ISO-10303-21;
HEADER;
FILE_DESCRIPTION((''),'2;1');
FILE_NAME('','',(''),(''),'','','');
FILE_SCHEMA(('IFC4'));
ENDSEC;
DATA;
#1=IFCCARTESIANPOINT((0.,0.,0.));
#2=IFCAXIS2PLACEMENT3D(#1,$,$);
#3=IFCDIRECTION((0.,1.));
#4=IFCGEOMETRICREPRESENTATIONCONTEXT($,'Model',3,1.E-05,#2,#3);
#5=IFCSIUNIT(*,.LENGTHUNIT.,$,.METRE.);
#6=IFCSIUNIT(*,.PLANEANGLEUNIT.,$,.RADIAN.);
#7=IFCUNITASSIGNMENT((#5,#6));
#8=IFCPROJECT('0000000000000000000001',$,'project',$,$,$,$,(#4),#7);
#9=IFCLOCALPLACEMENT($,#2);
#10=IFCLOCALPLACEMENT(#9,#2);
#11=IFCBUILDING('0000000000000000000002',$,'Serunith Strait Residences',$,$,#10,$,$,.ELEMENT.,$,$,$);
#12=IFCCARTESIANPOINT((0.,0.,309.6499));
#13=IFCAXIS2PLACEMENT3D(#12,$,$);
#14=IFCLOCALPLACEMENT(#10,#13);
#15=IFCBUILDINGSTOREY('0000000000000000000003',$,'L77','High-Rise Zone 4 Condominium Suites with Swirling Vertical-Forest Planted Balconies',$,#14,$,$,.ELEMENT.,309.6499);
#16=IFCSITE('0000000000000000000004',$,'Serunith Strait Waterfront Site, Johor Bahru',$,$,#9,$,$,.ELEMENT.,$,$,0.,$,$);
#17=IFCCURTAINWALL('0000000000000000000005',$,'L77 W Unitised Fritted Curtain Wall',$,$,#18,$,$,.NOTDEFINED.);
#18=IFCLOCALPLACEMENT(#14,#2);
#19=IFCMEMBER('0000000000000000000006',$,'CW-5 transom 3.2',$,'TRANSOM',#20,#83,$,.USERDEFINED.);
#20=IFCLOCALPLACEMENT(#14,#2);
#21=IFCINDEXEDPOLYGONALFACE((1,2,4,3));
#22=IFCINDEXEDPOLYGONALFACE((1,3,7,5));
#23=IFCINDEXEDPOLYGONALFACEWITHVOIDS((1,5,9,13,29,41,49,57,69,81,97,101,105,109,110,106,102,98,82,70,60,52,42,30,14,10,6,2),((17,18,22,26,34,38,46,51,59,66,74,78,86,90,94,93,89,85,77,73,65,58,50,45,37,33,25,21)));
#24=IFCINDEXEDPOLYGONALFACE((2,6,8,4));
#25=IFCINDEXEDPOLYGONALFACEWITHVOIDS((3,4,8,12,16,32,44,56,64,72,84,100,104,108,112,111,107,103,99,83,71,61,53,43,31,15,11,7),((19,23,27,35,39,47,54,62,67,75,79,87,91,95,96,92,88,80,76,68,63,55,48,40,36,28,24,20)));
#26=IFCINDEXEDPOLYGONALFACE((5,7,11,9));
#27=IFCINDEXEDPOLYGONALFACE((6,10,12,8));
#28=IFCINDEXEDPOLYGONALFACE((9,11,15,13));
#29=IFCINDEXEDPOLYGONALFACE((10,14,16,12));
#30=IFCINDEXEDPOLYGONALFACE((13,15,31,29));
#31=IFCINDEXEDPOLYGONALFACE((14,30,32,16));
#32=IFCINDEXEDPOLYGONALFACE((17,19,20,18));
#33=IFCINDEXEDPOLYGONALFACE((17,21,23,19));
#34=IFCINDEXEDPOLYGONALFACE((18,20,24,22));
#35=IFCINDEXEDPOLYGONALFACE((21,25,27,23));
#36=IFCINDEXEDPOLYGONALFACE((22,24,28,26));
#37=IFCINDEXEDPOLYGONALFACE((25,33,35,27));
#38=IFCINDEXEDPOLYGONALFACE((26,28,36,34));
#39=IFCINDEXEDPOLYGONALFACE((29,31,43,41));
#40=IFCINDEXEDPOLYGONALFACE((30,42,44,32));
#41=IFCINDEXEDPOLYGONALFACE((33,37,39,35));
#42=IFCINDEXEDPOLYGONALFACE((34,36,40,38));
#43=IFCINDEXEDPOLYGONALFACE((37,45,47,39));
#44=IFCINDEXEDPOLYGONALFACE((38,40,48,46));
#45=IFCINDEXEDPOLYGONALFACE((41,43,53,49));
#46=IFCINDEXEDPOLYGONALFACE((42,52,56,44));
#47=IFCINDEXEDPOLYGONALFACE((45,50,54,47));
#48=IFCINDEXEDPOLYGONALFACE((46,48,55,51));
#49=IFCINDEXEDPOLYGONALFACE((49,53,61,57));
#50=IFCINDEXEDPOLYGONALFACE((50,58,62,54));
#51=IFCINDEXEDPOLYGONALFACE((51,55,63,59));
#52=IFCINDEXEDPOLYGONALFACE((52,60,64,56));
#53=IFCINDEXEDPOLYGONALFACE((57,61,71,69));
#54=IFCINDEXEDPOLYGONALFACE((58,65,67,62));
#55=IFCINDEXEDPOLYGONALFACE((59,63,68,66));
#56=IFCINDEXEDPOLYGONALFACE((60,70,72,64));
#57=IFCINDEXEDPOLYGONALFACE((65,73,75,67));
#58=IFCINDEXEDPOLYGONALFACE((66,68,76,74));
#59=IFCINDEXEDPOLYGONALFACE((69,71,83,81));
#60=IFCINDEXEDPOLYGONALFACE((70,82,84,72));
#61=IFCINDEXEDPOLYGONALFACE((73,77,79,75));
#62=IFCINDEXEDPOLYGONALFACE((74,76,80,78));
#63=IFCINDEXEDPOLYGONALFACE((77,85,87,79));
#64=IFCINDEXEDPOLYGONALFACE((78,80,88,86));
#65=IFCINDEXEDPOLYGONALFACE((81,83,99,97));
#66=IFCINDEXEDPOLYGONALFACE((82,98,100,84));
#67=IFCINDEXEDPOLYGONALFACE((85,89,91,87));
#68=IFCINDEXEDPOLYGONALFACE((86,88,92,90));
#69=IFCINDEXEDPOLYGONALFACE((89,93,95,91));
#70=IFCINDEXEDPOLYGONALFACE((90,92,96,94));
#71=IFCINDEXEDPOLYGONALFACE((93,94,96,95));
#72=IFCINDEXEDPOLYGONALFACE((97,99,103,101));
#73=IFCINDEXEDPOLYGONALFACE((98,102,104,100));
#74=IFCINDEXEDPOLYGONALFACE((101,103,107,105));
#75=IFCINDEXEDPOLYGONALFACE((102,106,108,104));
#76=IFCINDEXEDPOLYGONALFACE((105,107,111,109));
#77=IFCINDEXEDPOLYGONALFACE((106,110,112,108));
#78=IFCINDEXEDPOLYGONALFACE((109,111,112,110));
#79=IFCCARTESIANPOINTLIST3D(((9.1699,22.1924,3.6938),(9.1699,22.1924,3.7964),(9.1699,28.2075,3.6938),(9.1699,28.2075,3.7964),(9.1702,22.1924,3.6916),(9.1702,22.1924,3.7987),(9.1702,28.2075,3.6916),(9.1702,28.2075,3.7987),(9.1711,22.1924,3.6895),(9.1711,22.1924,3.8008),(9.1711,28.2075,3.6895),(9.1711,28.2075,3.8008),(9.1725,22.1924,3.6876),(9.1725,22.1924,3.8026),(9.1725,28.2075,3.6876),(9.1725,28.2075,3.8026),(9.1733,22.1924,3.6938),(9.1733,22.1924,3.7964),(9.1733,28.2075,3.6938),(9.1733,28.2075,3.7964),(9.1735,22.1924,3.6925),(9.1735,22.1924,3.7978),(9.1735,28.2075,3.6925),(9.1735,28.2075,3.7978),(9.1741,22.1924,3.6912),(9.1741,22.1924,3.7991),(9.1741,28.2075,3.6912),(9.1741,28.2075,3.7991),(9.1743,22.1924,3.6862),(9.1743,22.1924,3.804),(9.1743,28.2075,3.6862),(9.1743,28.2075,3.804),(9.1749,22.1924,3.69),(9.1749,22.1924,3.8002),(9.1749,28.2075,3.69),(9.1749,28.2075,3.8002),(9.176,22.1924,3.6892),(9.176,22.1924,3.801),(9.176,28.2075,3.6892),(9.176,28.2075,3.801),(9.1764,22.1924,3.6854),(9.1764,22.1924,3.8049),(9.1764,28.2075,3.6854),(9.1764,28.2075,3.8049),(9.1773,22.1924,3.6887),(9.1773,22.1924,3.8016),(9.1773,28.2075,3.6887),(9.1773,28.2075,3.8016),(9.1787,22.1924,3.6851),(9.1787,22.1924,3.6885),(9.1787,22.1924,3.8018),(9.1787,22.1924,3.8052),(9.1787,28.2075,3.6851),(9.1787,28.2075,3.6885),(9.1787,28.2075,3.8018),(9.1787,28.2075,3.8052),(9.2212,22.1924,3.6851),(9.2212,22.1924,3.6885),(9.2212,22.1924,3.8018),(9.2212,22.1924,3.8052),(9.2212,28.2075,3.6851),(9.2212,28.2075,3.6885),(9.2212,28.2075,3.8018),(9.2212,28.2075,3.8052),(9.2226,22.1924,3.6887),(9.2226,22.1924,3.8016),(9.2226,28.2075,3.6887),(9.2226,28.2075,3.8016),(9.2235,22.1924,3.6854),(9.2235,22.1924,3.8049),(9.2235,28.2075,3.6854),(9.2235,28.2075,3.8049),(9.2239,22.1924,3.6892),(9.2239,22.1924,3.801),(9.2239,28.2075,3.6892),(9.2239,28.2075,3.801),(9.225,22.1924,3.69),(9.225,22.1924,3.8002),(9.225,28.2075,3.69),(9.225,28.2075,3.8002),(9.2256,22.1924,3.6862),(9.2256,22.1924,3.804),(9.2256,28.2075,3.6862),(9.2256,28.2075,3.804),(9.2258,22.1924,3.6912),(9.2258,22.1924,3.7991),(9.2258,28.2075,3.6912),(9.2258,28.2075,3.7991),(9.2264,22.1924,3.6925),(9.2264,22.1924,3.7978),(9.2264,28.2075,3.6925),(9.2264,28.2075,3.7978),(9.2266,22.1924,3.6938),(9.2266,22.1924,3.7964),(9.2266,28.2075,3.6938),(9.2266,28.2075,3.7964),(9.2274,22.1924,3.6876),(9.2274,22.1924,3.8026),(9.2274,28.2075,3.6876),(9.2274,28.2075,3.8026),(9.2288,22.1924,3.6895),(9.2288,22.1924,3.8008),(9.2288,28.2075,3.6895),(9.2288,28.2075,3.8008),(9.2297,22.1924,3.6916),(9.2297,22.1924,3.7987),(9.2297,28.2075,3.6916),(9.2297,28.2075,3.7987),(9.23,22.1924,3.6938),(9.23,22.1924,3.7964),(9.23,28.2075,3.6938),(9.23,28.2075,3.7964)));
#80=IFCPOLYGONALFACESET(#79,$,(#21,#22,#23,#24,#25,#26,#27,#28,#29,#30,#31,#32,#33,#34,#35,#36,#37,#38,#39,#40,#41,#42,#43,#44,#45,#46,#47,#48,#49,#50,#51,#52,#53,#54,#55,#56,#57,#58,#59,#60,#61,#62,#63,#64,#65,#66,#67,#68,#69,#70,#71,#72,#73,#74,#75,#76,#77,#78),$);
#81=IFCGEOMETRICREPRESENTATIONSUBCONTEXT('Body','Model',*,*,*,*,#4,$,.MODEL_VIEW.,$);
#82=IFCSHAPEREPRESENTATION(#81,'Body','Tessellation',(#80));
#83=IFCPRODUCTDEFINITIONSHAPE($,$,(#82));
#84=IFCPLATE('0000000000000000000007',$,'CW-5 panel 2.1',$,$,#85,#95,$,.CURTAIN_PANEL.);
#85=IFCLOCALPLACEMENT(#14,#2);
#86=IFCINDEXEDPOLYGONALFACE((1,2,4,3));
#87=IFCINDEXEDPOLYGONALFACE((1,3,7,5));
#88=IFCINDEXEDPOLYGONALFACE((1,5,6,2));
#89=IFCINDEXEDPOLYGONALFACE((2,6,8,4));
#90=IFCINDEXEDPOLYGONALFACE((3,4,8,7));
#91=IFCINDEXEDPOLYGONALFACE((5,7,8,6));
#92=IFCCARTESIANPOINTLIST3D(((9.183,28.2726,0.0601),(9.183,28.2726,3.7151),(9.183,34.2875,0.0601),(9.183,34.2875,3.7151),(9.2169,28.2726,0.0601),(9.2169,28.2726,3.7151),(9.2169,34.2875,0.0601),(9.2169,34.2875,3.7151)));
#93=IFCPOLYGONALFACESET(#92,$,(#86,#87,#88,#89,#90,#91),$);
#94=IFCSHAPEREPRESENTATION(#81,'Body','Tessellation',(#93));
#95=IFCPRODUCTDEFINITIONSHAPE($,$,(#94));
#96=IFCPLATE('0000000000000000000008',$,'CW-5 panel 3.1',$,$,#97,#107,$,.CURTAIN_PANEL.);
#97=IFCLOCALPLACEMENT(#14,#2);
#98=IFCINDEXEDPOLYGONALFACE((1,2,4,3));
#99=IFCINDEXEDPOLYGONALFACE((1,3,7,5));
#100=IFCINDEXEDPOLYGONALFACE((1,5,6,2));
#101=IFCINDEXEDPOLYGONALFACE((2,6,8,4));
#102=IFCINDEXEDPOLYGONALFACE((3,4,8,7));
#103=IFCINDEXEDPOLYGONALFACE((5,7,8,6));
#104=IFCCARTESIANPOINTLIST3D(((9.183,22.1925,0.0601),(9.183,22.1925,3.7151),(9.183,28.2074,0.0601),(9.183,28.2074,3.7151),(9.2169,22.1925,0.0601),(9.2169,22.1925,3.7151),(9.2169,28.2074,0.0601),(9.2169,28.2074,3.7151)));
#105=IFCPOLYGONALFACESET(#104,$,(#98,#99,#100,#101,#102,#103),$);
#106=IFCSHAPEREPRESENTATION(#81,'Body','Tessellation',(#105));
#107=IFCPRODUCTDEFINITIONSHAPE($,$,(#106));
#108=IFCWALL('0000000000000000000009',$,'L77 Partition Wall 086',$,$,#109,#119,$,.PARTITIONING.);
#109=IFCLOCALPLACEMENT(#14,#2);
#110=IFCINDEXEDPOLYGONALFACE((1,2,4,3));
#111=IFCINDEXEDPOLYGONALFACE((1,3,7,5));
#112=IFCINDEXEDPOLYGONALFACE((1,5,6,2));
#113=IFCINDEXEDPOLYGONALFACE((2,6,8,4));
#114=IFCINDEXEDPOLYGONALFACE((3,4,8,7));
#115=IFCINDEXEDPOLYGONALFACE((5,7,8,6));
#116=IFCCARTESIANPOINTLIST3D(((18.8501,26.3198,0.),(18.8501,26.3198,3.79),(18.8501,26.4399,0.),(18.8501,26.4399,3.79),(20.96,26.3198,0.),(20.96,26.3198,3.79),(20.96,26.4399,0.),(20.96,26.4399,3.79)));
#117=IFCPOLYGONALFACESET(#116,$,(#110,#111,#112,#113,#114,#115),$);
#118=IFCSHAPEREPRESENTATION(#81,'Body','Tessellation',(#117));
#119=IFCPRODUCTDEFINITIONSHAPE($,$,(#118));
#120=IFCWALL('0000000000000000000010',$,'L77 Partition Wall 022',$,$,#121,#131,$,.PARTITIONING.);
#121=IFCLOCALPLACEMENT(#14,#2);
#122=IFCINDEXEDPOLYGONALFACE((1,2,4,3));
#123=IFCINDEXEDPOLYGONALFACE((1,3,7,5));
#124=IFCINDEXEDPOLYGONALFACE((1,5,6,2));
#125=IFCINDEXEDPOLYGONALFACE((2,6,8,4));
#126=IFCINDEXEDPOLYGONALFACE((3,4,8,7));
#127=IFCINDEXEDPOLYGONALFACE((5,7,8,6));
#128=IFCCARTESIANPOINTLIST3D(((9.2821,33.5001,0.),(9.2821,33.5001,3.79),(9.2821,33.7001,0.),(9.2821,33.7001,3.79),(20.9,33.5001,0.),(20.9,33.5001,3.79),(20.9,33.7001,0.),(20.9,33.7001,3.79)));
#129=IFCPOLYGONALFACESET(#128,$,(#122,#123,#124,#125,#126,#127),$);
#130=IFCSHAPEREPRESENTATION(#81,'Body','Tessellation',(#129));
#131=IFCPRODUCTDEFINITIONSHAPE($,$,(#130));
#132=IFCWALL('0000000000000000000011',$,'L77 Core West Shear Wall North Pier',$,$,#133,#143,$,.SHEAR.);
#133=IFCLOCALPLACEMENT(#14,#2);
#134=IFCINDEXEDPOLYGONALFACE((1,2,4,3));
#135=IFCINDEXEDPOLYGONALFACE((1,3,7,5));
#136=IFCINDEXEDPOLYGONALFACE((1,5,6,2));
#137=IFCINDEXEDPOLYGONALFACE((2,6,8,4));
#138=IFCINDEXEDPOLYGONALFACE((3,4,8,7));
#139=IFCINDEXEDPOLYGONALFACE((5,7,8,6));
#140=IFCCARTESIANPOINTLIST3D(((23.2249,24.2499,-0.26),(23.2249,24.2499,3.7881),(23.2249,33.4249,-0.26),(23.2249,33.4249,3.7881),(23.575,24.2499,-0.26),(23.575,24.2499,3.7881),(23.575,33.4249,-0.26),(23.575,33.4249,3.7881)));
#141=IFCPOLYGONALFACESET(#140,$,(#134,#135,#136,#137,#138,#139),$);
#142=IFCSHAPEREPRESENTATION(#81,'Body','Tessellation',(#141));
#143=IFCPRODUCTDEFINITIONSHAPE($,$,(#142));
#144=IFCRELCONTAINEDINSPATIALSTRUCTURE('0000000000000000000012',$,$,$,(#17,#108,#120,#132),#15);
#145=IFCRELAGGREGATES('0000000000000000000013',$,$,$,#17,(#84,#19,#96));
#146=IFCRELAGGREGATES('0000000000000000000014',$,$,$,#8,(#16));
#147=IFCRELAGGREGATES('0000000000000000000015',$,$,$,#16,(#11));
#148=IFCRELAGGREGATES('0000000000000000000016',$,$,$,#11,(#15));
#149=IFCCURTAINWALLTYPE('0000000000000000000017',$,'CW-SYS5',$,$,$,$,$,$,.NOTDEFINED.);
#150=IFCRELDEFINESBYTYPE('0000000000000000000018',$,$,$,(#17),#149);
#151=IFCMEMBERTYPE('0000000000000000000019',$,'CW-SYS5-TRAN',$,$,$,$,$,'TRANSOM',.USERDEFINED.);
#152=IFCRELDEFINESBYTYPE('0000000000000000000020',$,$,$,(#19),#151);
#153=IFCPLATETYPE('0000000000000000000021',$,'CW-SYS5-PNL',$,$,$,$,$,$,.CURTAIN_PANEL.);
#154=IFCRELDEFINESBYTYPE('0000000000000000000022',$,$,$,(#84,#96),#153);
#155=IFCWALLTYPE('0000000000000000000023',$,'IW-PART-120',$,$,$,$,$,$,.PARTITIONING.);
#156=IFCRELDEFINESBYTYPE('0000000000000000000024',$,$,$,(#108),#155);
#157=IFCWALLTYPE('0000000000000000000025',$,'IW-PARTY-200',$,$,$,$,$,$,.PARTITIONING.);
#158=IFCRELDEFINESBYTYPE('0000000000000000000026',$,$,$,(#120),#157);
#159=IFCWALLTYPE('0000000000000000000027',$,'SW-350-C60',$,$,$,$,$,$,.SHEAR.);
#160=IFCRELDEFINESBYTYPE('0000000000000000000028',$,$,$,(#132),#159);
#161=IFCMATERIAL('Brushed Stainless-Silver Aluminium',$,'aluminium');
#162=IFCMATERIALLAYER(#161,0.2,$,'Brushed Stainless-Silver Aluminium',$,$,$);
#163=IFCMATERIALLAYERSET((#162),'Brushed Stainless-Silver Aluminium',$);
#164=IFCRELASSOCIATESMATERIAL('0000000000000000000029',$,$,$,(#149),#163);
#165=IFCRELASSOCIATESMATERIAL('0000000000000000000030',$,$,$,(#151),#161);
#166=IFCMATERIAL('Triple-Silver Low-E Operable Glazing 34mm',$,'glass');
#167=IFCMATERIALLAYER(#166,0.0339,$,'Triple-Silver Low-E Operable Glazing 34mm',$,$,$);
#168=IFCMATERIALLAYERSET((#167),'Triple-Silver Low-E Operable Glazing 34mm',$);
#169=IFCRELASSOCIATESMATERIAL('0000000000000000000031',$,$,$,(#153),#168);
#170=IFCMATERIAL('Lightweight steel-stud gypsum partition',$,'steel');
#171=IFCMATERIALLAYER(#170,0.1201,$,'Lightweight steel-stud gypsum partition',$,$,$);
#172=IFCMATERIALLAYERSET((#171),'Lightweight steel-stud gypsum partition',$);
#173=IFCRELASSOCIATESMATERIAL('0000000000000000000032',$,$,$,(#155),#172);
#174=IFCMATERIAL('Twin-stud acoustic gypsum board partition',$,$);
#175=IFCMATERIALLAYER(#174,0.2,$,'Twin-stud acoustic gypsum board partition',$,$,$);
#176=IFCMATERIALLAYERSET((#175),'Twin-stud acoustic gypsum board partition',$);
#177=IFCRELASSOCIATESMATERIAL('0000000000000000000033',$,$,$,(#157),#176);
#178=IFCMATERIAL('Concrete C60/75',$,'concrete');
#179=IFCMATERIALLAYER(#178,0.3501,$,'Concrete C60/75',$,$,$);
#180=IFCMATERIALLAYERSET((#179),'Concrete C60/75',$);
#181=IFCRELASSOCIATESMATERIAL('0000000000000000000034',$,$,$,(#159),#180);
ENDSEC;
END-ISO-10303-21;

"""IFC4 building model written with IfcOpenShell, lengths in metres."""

from ifc_helpers import new_model, si_unit, direction, frame, frame_2d, origin, origin_2d, place, context, subcontext, project, spatial, rectangle, hollow_rectangle, extrude, source, transform, mapped, material, layer, layer_set, material_profile, profile_set, type_object, element, aggregate, save


model = new_model("IFC4")

# Units and contexts
model_context = context("Model", 3, precision=1e-05, world=origin(), true_north=direction((0.0, 1.0)))
body_context = subcontext(model_context, "Body", "Model", "MODEL_VIEW")
ifc_project = project(units=[si_unit("LENGTHUNIT", "METRE"), si_unit("PLANEANGLEUNIT", "RADIAN")], contexts=[model_context])

# Site, building, storey
site_placement = place(None, origin())
site = spatial("IfcSite", under=ifc_project, at=site_placement, Name="Serunith Strait Waterfront Site, Johor Bahru", CompositionType="ELEMENT", RefElevation=0.0)
building_placement = place(site_placement, origin())
building = spatial("IfcBuilding", under=site, at=building_placement, Name="Serunith Strait Residences", CompositionType="ELEMENT")
storey_placement = place(building_placement, frame((0.0, 0.0, 309.6499)))
storey = spatial("IfcBuildingStorey", under=building, at=storey_placement, Name="L77", Description="High-Rise Zone 4 Condominium Suites with Swirling Vertical-Forest Planted Balconies", CompositionType="ELEMENT", Elevation=309.6499)

# Shared definitions
ifc_material_1 = material(Name="Concrete C60/75", Category="concrete")

# Curtain wall, member, plates
ifc_material_2 = material(Name="Brushed Stainless-Silver Aluminium", Category="aluminium")
ifc_layer_1 = layer(ifc_material_2, 0.2, Name="Brushed Stainless-Silver Aluminium")
ifc_layer_set_1 = layer_set([ifc_layer_1], Name="Brushed Stainless-Silver Aluminium")
curtain_wall_type = type_object("IfcCurtainWallType", Name="CW-SYS5", PredefinedType="NOTDEFINED", material=ifc_layer_set_1)
curtain_wall_placement = place(storey_placement, origin())
curtain_wall = element("IfcCurtainWall", 1, at=curtain_wall_placement, inside=storey, type_object=curtain_wall_type, Name="L77 W Unitised Fritted Curtain Wall", PredefinedType="NOTDEFINED")
ifc_material_profile_1 = material_profile(ifc_material_2, hollow_rectangle(XDim=0.0601, YDim=0.1201, WallThickness=0.0034, InnerFilletRadius=0.0054, OuterFilletRadius=0.0088, at=origin_2d()), Name="ALU 120x60x3.5")
ifc_profile_set_1 = profile_set([ifc_material_profile_1], Name="Brushed Stainless-Silver Aluminium")
member_type_1 = type_object("IfcMemberType", Name="CW-SYS5-TRAN", ElementType="TRANSOM", PredefinedType="USERDEFINED", material=ifc_profile_set_1)
shared_shape_1 = source(origin(), body_context, "Body", "SweptSolid", [
    extrude(hollow_rectangle(XDim=0.0601, YDim=0.1201, WallThickness=0.0034, InnerFilletRadius=0.0054, OuterFilletRadius=0.0088, at=origin_2d()), origin(), (0.0, 0.0, 1.0), 6.0151),
])
member_1_placement = place(storey_placement, frame((9.2, 28.2075, 3.7451), z_axis=(0.0, -1.0, 0.0), x_axis=(1.0, 0.0, 0.0)))
member_1 = element("IfcMember", 2, at=member_1_placement, type_object=member_type_1, Name="CW-5 transom 3.2", ObjectType="TRANSOM", PredefinedType="USERDEFINED", context=body_context, shape_type="MappedRepresentation", body=[
    mapped(shared_shape_1, transform((0.0, 0.0, 0.0), scale=1.0)),
])
ifc_material_3 = material(Name="Triple-Silver Low-E Operable Glazing 34mm", Category="glass")
ifc_layer_2 = layer(ifc_material_3, 0.0339, Name="Triple-Silver Low-E Operable Glazing 34mm")
ifc_layer_set_2 = layer_set([ifc_layer_2], Name="Triple-Silver Low-E Operable Glazing 34mm")
plate_type = type_object("IfcPlateType", Name="CW-SYS5-PNL", PredefinedType="CURTAIN_PANEL", material=ifc_layer_set_2)
shared_shape_2 = source(origin(), body_context, "Body", "SweptSolid", [
    extrude(rectangle(XDim=6.0149, YDim=0.0339, at=origin_2d()), origin(), (0.0, 0.0, 1.0), 3.655),
])
plate_1_placement = place(storey_placement, frame((9.2, 31.28, 0.0601), z_axis=(0.0, 0.0, 1.0), x_axis=(0.0, -1.0, 0.0)))
plate_1 = element("IfcPlate", 3, at=plate_1_placement, type_object=plate_type, Name="CW-5 panel 2.1", PredefinedType="CURTAIN_PANEL", context=body_context, shape_type="MappedRepresentation", body=[
    mapped(shared_shape_2, transform((0.0, 0.0, 0.0), scale=1.0)),
])
plate_2_placement = place(storey_placement, frame((9.2, 25.2, 0.0601), z_axis=(0.0, 0.0, 1.0), x_axis=(0.0, -1.0, 0.0)))
plate_2 = element("IfcPlate", 4, at=plate_2_placement, type_object=plate_type, Name="CW-5 panel 3.1", PredefinedType="CURTAIN_PANEL", context=body_context, shape_type="MappedRepresentation", body=[
    mapped(shared_shape_2, transform((0.0, 0.0, 0.0), scale=1.0)),
])
aggregate(curtain_wall, [plate_1, member_1, plate_2])

# Walls
ifc_material_4 = material(Name="Lightweight steel-stud gypsum partition", Category="steel")
ifc_layer_3 = layer(ifc_material_4, 0.1201, Name="Lightweight steel-stud gypsum partition")
ifc_layer_set_3 = layer_set([ifc_layer_3], Name="Lightweight steel-stud gypsum partition")
wall_type_1 = type_object("IfcWallType", Name="IW-PART-120", PredefinedType="PARTITIONING", material=ifc_layer_set_3)
wall_1_placement = place(storey_placement, frame((18.8501, 26.3799, 0.0), z_axis=(0.0, 0.0, 1.0), x_axis=(1.0, 0.0, 0.0)))
element("IfcWall", 5, at=wall_1_placement, inside=storey, type_object=wall_type_1, Name="L77 Partition Wall 086", PredefinedType="PARTITIONING", context=body_context, shape_type="SweptSolid", body=[
    extrude(rectangle(XDim=2.1099, YDim=0.1201, at=frame_2d((1.0549, 0.0))), origin(), (0.0, 0.0, 1.0), 3.79),
])
ifc_material_5 = material(Name="Twin-stud acoustic gypsum board partition")
ifc_layer_4 = layer(ifc_material_5, 0.2, Name="Twin-stud acoustic gypsum board partition")
ifc_layer_set_4 = layer_set([ifc_layer_4], Name="Twin-stud acoustic gypsum board partition")
wall_type_2 = type_object("IfcWallType", Name="IW-PARTY-200", PredefinedType="PARTITIONING", material=ifc_layer_set_4)
wall_2_placement = place(storey_placement, frame((9.282, 33.6001, 0.0), z_axis=(0.0, 0.0, 1.0), x_axis=(1.0, 0.0, 0.0)))
element("IfcWall", 6, at=wall_2_placement, inside=storey, type_object=wall_type_2, Name="L77 Partition Wall 022", PredefinedType="PARTITIONING", context=body_context, shape_type="SweptSolid", body=[
    extrude(rectangle(XDim=11.6179, YDim=0.2, at=frame_2d((5.8091, 0.0))), origin(), (0.0, 0.0, 1.0), 3.79),
])

# Wall
ifc_layer_5 = layer(ifc_material_1, 0.3501, Name="Concrete C60/75")
ifc_layer_set_5 = layer_set([ifc_layer_5], Name="Concrete C60/75")
wall_type_3 = type_object("IfcWallType", Name="SW-350-C60", PredefinedType="SHEAR", material=ifc_layer_set_5)
wall_3_placement = place(storey_placement, frame((23.3999, 24.25, -0.26), z_axis=(0.0, 0.0, 1.0), x_axis=(0.0, 1.0, 0.0)))
element("IfcWall", 7, at=wall_3_placement, inside=storey, type_object=wall_type_3, Name="L77 Core West Shear Wall North Pier", PredefinedType="SHEAR", context=body_context, shape_type="SweptSolid", body=[
    extrude(rectangle(XDim=9.175, YDim=0.3501, at=frame_2d((4.5874, 0.0))), origin(), (0.0, 0.0, 1.0), 4.0481),
])

save(model, "model.ifc")
